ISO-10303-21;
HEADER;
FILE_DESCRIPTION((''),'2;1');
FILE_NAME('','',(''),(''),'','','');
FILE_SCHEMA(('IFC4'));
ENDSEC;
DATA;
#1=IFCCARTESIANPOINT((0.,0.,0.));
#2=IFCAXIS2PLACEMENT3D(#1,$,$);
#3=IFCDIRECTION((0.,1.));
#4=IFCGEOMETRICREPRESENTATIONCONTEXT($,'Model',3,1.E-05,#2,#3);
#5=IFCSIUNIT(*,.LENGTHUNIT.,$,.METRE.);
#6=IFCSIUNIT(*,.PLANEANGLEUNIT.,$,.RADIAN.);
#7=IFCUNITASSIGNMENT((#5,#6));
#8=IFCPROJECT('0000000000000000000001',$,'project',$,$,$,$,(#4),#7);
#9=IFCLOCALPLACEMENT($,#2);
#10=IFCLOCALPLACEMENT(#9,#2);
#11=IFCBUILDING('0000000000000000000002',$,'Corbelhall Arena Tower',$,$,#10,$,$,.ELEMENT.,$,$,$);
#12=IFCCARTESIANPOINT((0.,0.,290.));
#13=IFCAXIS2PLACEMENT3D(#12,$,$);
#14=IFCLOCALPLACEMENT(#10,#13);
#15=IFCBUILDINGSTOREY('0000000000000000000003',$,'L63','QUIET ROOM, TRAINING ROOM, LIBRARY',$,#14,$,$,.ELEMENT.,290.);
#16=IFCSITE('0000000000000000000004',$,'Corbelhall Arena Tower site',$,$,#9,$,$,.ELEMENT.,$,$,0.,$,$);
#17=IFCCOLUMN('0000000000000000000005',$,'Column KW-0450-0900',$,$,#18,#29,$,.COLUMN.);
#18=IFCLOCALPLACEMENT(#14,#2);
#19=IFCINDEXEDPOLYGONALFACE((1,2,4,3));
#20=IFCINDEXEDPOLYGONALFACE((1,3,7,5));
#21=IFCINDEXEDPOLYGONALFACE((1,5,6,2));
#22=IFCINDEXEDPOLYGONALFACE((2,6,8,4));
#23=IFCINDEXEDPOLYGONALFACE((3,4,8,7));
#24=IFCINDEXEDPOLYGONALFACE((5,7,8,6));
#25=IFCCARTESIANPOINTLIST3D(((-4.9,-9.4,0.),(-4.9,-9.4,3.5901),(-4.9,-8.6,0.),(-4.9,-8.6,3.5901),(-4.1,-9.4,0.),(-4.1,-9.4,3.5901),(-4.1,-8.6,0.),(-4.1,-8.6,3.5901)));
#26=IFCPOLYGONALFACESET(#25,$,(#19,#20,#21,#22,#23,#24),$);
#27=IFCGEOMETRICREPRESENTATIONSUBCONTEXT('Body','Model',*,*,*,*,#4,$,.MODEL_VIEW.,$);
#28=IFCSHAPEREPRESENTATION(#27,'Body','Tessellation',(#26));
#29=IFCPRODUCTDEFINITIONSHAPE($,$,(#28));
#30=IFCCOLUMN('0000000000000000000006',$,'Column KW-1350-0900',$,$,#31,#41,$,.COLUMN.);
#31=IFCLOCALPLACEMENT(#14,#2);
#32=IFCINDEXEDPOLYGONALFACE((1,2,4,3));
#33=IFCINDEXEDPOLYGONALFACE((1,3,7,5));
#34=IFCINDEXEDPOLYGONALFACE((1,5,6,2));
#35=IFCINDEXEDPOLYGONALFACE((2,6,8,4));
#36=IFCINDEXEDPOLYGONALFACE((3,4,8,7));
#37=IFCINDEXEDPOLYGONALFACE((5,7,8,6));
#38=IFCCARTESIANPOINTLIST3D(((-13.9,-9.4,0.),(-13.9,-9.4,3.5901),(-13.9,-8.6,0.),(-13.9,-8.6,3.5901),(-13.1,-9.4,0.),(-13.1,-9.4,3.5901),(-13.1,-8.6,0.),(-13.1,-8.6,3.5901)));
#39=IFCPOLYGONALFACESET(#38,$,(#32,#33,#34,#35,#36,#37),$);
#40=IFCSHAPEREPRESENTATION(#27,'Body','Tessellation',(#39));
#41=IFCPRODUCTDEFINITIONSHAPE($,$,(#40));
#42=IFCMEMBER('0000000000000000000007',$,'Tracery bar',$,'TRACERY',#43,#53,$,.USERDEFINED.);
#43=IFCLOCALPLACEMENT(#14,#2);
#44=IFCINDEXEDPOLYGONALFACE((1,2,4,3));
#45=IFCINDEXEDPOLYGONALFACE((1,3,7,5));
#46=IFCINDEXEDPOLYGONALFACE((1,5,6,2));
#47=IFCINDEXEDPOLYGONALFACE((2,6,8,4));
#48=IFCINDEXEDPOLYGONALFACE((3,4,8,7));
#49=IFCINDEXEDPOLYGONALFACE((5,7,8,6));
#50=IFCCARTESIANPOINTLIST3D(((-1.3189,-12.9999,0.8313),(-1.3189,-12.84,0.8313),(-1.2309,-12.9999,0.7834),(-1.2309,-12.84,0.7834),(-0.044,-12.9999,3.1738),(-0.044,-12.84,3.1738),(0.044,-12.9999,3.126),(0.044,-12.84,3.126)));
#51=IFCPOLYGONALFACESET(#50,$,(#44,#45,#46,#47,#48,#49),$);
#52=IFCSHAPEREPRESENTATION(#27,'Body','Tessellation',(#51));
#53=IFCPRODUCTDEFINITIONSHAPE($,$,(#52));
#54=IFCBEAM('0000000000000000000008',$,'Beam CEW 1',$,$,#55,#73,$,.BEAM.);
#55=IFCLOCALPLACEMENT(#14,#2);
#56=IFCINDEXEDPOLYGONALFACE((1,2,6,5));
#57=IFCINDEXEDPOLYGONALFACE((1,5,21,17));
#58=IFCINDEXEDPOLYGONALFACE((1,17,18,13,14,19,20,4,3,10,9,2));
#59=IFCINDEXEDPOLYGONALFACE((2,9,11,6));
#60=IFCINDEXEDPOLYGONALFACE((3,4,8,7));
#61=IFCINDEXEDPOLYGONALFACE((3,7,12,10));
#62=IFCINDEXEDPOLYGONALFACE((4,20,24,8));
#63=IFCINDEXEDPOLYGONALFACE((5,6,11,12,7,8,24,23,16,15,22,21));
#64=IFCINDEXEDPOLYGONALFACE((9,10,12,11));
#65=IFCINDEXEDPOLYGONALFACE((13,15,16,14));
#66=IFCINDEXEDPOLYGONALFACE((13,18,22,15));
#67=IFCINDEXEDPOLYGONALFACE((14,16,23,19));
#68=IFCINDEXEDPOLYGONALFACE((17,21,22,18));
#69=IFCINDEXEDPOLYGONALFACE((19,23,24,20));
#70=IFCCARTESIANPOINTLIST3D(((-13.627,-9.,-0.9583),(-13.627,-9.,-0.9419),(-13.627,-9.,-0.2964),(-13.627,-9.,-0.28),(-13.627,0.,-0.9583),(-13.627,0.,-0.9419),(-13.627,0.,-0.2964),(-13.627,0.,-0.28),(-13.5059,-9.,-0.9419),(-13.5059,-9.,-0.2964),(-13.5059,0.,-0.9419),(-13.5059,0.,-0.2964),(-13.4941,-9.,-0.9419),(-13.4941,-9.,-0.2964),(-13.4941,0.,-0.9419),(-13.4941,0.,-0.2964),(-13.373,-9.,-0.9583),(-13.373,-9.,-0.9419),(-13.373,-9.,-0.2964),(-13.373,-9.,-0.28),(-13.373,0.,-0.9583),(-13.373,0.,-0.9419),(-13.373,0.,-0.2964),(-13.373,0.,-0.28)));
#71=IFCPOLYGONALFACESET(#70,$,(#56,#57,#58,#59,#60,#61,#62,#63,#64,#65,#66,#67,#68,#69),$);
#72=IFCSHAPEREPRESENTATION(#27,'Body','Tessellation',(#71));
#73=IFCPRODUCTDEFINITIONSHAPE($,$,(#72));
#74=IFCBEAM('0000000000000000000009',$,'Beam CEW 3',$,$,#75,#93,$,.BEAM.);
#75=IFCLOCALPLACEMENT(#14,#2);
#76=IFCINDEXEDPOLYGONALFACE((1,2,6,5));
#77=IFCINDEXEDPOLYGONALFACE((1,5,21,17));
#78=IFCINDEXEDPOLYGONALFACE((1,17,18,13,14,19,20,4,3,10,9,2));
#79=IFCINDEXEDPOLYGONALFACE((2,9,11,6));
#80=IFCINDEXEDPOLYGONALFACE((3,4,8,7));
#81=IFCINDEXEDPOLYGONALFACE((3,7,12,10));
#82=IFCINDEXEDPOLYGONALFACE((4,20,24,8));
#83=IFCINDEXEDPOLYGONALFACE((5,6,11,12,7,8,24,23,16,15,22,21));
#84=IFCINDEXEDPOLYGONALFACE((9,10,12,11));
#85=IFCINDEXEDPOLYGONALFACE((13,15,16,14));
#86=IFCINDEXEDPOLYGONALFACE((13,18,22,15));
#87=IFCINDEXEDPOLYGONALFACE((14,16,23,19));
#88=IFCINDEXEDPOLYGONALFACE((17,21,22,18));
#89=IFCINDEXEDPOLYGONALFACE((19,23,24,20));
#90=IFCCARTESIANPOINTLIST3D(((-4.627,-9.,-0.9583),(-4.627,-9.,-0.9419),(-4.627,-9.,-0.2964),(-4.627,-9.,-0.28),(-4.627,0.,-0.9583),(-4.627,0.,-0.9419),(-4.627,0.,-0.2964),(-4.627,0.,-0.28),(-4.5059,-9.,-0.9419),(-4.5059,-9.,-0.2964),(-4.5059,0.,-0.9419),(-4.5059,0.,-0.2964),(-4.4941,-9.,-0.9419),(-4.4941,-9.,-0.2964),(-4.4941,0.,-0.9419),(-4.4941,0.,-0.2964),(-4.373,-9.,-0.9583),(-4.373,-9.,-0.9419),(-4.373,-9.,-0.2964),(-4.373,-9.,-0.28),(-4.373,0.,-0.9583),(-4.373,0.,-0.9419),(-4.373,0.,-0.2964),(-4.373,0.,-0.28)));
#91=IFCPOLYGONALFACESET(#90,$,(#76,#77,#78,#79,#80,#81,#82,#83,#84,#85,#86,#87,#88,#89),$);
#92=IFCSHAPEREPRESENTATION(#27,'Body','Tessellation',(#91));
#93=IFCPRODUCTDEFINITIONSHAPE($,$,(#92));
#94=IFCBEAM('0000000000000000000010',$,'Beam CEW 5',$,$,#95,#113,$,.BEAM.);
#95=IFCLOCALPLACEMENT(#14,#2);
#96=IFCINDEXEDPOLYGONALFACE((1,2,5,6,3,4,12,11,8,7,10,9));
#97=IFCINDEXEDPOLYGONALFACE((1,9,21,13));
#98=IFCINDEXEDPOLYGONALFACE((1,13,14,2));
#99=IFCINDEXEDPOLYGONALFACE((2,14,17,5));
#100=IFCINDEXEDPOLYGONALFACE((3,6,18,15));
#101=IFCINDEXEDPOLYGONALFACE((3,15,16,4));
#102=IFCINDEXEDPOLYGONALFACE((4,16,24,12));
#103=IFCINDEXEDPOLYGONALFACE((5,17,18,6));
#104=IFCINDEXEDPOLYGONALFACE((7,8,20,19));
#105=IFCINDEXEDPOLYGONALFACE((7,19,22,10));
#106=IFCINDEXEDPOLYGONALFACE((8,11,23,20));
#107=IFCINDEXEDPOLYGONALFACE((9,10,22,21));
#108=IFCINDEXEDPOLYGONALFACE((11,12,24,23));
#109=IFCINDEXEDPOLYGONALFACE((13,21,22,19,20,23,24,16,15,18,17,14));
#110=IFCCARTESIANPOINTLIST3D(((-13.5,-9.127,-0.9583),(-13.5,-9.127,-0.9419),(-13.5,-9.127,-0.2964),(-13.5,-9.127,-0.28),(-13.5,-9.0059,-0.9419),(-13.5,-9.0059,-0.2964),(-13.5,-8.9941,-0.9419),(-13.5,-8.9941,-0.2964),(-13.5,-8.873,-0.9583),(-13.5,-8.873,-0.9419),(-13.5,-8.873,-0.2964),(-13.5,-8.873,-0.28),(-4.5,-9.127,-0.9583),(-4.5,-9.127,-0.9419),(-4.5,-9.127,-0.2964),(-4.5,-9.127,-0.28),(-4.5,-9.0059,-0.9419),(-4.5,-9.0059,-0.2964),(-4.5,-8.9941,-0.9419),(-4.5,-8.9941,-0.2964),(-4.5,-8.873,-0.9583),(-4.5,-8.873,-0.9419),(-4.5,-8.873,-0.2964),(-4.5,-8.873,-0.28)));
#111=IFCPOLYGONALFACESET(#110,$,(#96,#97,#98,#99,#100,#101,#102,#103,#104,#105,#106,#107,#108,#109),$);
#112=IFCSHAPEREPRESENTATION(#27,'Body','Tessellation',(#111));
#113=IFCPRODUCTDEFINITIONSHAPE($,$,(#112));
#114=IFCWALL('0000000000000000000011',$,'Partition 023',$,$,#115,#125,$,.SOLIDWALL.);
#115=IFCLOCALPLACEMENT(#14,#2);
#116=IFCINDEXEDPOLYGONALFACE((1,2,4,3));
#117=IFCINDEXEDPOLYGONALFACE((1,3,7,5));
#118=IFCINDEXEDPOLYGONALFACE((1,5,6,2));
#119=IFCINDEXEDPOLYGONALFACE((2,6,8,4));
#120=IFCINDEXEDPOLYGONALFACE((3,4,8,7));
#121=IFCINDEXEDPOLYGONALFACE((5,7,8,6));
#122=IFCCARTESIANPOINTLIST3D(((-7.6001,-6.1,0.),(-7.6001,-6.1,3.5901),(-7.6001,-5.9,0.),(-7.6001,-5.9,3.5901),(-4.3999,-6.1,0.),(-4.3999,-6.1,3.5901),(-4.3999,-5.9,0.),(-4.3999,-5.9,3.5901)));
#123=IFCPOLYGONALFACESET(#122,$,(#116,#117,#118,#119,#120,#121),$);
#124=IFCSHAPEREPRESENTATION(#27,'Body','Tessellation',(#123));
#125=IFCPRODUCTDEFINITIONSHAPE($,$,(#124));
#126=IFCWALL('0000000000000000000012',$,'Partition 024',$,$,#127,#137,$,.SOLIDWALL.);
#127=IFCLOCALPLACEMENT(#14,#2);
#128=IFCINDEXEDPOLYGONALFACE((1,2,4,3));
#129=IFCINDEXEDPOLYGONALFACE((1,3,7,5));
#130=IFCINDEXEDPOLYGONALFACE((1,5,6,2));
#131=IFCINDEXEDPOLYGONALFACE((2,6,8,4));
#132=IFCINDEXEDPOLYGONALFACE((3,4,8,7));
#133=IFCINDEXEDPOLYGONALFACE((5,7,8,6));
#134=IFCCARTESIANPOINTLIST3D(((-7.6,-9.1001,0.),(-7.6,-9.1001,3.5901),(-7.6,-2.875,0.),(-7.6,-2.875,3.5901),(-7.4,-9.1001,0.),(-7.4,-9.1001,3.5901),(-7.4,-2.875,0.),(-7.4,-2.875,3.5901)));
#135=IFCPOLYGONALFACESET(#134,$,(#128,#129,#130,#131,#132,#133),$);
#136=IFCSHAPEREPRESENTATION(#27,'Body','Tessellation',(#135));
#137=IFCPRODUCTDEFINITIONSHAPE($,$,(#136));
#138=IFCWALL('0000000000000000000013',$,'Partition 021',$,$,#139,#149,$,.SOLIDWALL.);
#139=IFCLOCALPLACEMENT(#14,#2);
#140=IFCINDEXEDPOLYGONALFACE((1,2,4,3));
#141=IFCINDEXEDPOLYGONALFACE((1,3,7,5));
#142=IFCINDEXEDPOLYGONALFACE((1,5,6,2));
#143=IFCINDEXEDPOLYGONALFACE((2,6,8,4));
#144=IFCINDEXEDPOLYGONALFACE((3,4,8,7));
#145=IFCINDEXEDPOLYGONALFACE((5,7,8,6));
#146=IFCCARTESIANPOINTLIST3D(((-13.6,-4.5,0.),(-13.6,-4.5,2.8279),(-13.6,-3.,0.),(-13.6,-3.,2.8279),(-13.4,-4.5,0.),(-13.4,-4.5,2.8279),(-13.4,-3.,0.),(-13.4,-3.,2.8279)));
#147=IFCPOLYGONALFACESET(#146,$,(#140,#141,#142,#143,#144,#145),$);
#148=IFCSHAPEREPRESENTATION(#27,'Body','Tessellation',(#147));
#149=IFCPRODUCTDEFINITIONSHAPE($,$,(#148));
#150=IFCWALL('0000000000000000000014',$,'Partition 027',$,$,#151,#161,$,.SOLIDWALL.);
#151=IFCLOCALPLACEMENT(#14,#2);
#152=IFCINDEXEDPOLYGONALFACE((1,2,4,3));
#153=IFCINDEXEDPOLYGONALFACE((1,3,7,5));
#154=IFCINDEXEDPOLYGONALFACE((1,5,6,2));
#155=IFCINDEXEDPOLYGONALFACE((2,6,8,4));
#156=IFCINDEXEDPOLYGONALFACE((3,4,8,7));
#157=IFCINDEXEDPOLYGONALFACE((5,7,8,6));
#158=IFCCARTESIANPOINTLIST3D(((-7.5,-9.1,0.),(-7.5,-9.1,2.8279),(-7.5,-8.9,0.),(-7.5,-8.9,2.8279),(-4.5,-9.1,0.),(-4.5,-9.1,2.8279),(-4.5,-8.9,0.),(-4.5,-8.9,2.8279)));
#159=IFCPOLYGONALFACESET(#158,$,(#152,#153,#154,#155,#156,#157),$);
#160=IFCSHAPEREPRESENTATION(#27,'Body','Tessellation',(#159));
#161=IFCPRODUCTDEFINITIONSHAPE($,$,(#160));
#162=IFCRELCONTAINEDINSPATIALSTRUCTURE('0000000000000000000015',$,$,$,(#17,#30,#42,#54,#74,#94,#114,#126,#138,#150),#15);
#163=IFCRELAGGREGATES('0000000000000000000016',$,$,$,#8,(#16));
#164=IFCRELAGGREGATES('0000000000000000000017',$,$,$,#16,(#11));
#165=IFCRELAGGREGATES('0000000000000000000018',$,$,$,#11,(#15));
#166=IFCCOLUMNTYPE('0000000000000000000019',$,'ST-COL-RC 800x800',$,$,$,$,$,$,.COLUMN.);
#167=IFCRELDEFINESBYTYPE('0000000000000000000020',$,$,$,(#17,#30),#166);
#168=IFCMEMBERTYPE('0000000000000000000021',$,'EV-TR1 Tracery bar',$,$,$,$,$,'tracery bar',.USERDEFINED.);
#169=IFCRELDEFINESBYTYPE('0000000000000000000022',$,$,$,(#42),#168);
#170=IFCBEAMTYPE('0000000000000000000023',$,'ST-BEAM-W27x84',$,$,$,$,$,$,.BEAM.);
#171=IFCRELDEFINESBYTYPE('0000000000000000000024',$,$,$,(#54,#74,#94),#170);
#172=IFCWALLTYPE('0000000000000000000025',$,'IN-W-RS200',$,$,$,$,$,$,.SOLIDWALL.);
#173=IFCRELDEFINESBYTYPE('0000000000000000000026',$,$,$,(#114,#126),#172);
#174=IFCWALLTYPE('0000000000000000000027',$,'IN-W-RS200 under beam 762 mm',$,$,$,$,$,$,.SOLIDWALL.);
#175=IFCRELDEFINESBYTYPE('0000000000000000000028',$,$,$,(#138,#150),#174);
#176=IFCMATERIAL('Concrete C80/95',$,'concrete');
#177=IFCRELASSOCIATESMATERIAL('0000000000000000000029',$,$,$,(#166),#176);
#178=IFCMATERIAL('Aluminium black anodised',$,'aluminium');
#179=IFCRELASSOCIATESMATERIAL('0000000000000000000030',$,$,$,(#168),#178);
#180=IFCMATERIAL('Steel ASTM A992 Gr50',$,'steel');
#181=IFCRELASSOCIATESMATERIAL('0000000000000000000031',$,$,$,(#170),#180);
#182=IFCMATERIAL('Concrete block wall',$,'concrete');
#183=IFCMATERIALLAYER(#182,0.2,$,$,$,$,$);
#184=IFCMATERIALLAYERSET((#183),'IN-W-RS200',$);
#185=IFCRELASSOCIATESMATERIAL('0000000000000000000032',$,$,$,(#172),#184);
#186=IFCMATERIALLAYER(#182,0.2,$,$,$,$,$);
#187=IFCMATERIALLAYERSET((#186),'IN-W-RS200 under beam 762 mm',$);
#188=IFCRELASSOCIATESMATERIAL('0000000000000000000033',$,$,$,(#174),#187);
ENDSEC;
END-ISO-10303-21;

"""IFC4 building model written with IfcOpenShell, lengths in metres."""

from ifc_helpers import new_model, si_unit, direction, frame, frame_2d, origin, origin_2d, place, context, subcontext, project, spatial, rectangle, i_section, extrude, material, layer, layer_set, material_profile, profile_set, type_object, element, save


model = new_model("IFC4")

# Units and contexts
model_context = context("Model", 3, precision=1e-05, world=origin(), true_north=direction((0.0, 1.0)))
body_context = subcontext(model_context, "Body", "Model", "MODEL_VIEW")
ifc_project = project(units=[si_unit("LENGTHUNIT", "METRE"), si_unit("PLANEANGLEUNIT", "RADIAN")], contexts=[model_context])

# Site, building, storey
site_placement = place(None, origin())
site = spatial("IfcSite", under=ifc_project, at=site_placement, Name="Corbelhall Arena Tower site", CompositionType="ELEMENT", RefElevation=0.0)
building_placement = place(site_placement, origin())
building = spatial("IfcBuilding", under=site, at=building_placement, Name="Corbelhall Arena Tower", CompositionType="ELEMENT")
storey_placement = place(building_placement, frame((0.0, 0.0, 290.0)))
storey = spatial("IfcBuildingStorey", under=building, at=storey_placement, Name="L63", Description="QUIET ROOM, TRAINING ROOM, LIBRARY", CompositionType="ELEMENT", Elevation=290.0)

# Columns
ifc_material_1 = material(Name="Concrete C80/95", Category="concrete")
ifc_material_profile_1 = material_profile(ifc_material_1, rectangle(XDim=0.8, YDim=0.8, at=origin_2d()))
ifc_profile_set_1 = profile_set([ifc_material_profile_1], Name="Concrete C80/95")
column_type = type_object("IfcColumnType", Name="ST-COL-RC 800x800", PredefinedType="COLUMN", material=ifc_profile_set_1)
for number, where, z_axis, x_axis, name in (
    (1, (-4.5, -9.0, 0.0), (0.0, 0.0, 1.0), (1.0, 0.0, 0.0), "Column KW-0450-0900"),
    (2, (-13.5, -9.0, 0.0), (0.0, 0.0, 1.0), (1.0, 0.0, 0.0), "Column KW-1350-0900"),
):
    element("IfcColumn", number, at=place(storey_placement, frame(where, z_axis=z_axis, x_axis=x_axis)), inside=storey, type_object=column_type, Name=name, PredefinedType="COLUMN", context=body_context, shape_type="SweptSolid", body=[
        extrude(rectangle(XDim=0.8, YDim=0.8, at=origin_2d()), origin(), (0.0, 0.0, 1.0), 3.5901),
    ])

# Member
ifc_material_2 = material(Name="Aluminium black anodised", Category="aluminium")
ifc_material_profile_2 = material_profile(ifc_material_2, rectangle(XDim=0.1599, YDim=0.1001, at=origin_2d()))
ifc_profile_set_2 = profile_set([ifc_material_profile_2], Name="Aluminium black anodised")
member_type = type_object("IfcMemberType", Name="EV-TR1 Tracery bar", ElementType="tracery bar", PredefinedType="USERDEFINED", material=ifc_profile_set_2)
member_placement = place(storey_placement, frame((-1.2749, -12.9199, 0.8074), z_axis=(0.478031, 0.0, 0.878343), x_axis=(0.0, 1.0, 0.0)))
element("IfcMember", 3, at=member_placement, inside=storey, type_object=member_type, Name="Tracery bar", ObjectType="TRACERY", PredefinedType="USERDEFINED", context=body_context, shape_type="SweptSolid", body=[
    extrude(rectangle(XDim=0.1599, YDim=0.1001, at=origin_2d()), origin(), (0.0, 0.0, 1.0), 2.667),
])

# Beams
ifc_material_3 = material(Name="Steel ASTM A992 Gr50", Category="steel")
ifc_material_profile_3 = material_profile(ifc_material_3, i_section(OverallWidth=0.2539, OverallDepth=0.6782, WebThickness=0.0117, FlangeThickness=0.0164, at=origin_2d()))
ifc_profile_set_3 = profile_set([ifc_material_profile_3], Name="Steel ASTM A992 Gr50")
beam_type = type_object("IfcBeamType", Name="ST-BEAM-W27x84", PredefinedType="BEAM", material=ifc_profile_set_3)
for number, where, z_axis, x_axis, name in (
    (4, (-13.5, -9.0, -0.6191), (0.0, 1.0, 0.0), (-1.0, 0.0, 0.0), "Beam CEW 1"),
    (5, (-4.5, -9.0, -0.6191), (0.0, 1.0, 0.0), (-1.0, 0.0, 0.0), "Beam CEW 3"),
    (6, (-13.5, -9.0, -0.6191), (1.0, 0.0, 0.0), (0.0, 1.0, 0.0), "Beam CEW 5"),
):
    element("IfcBeam", number, at=place(storey_placement, frame(where, z_axis=z_axis, x_axis=x_axis)), inside=storey, type_object=beam_type, Name=name, PredefinedType="BEAM", context=body_context, shape_type="SweptSolid", body=[
        extrude(i_section(OverallWidth=0.2539, OverallDepth=0.6782, WebThickness=0.0117, FlangeThickness=0.0164, at=origin_2d()), origin(), (0.0, 0.0, 1.0), 9.0),
    ])

# Shared definitions
ifc_material_4 = material(Name="Concrete block wall", Category="concrete")
ifc_layer_1 = layer(ifc_material_4, 0.2)
ifc_layer_set_1 = layer_set([ifc_layer_1], Name="IN-W-RS200")
wall_type_1 = type_object("IfcWallType", Name="IN-W-RS200", PredefinedType="SOLIDWALL", material=ifc_layer_set_1)

# Walls
wall_1_placement = place(storey_placement, frame((-7.6001, -6.0, 0.0), z_axis=(0.0, 0.0, 1.0), x_axis=(1.0, 0.0, 0.0)))
element("IfcWall", 7, at=wall_1_placement, inside=storey, type_object=wall_type_1, Name="Partition 023", PredefinedType="SOLIDWALL", context=body_context, shape_type="SweptSolid", body=[
    extrude(rectangle(XDim=3.2002, YDim=0.2, at=frame_2d((1.6001, 0.0))), origin(), (0.0, 0.0, 1.0), 3.5901),
])
wall_2_placement = place(storey_placement, frame((-7.5, -9.1001, 0.0), z_axis=(0.0, 0.0, 1.0), x_axis=(0.0, 1.0, 0.0)))
element("IfcWall", 8, at=wall_2_placement, inside=storey, type_object=wall_type_1, Name="Partition 024", PredefinedType="SOLIDWALL", context=body_context, shape_type="SweptSolid", body=[
    extrude(rectangle(XDim=6.2251, YDim=0.2, at=frame_2d((3.1125, 0.0))), origin(), (0.0, 0.0, 1.0), 3.5901),
])
ifc_layer_2 = layer(ifc_material_4, 0.2)
ifc_layer_set_2 = layer_set([ifc_layer_2], Name="IN-W-RS200 under beam 762 mm")
wall_type_2 = type_object("IfcWallType", Name="IN-W-RS200 under beam 762 mm", PredefinedType="SOLIDWALL", material=ifc_layer_set_2)
wall_3_placement = place(storey_placement, frame((-13.5, -4.5, 0.0), z_axis=(0.0, 0.0, 1.0), x_axis=(0.0, 1.0, 0.0)))
element("IfcWall", 9, at=wall_3_placement, inside=storey, type_object=wall_type_2, Name="Partition 021", PredefinedType="SOLIDWALL", context=body_context, shape_type="SweptSolid", body=[
    extrude(rectangle(XDim=1.5, YDim=0.2, at=frame_2d((0.75, 0.0))), origin(), (0.0, 0.0, 1.0), 2.8279),
])
wall_4_placement = place(storey_placement, frame((-4.5, -9.0, 0.0), z_axis=(0.0, 0.0, 1.0), x_axis=(-1.0, 0.0, 0.0)))
element("IfcWall", 10, at=wall_4_placement, inside=storey, type_object=wall_type_2, Name="Partition 027", PredefinedType="SOLIDWALL", context=body_context, shape_type="SweptSolid", body=[
    extrude(rectangle(XDim=3.0, YDim=0.2, at=frame_2d((1.5, 0.0))), origin(), (0.0, 0.0, 1.0), 2.8279),
])

save(model, "model.ifc")
